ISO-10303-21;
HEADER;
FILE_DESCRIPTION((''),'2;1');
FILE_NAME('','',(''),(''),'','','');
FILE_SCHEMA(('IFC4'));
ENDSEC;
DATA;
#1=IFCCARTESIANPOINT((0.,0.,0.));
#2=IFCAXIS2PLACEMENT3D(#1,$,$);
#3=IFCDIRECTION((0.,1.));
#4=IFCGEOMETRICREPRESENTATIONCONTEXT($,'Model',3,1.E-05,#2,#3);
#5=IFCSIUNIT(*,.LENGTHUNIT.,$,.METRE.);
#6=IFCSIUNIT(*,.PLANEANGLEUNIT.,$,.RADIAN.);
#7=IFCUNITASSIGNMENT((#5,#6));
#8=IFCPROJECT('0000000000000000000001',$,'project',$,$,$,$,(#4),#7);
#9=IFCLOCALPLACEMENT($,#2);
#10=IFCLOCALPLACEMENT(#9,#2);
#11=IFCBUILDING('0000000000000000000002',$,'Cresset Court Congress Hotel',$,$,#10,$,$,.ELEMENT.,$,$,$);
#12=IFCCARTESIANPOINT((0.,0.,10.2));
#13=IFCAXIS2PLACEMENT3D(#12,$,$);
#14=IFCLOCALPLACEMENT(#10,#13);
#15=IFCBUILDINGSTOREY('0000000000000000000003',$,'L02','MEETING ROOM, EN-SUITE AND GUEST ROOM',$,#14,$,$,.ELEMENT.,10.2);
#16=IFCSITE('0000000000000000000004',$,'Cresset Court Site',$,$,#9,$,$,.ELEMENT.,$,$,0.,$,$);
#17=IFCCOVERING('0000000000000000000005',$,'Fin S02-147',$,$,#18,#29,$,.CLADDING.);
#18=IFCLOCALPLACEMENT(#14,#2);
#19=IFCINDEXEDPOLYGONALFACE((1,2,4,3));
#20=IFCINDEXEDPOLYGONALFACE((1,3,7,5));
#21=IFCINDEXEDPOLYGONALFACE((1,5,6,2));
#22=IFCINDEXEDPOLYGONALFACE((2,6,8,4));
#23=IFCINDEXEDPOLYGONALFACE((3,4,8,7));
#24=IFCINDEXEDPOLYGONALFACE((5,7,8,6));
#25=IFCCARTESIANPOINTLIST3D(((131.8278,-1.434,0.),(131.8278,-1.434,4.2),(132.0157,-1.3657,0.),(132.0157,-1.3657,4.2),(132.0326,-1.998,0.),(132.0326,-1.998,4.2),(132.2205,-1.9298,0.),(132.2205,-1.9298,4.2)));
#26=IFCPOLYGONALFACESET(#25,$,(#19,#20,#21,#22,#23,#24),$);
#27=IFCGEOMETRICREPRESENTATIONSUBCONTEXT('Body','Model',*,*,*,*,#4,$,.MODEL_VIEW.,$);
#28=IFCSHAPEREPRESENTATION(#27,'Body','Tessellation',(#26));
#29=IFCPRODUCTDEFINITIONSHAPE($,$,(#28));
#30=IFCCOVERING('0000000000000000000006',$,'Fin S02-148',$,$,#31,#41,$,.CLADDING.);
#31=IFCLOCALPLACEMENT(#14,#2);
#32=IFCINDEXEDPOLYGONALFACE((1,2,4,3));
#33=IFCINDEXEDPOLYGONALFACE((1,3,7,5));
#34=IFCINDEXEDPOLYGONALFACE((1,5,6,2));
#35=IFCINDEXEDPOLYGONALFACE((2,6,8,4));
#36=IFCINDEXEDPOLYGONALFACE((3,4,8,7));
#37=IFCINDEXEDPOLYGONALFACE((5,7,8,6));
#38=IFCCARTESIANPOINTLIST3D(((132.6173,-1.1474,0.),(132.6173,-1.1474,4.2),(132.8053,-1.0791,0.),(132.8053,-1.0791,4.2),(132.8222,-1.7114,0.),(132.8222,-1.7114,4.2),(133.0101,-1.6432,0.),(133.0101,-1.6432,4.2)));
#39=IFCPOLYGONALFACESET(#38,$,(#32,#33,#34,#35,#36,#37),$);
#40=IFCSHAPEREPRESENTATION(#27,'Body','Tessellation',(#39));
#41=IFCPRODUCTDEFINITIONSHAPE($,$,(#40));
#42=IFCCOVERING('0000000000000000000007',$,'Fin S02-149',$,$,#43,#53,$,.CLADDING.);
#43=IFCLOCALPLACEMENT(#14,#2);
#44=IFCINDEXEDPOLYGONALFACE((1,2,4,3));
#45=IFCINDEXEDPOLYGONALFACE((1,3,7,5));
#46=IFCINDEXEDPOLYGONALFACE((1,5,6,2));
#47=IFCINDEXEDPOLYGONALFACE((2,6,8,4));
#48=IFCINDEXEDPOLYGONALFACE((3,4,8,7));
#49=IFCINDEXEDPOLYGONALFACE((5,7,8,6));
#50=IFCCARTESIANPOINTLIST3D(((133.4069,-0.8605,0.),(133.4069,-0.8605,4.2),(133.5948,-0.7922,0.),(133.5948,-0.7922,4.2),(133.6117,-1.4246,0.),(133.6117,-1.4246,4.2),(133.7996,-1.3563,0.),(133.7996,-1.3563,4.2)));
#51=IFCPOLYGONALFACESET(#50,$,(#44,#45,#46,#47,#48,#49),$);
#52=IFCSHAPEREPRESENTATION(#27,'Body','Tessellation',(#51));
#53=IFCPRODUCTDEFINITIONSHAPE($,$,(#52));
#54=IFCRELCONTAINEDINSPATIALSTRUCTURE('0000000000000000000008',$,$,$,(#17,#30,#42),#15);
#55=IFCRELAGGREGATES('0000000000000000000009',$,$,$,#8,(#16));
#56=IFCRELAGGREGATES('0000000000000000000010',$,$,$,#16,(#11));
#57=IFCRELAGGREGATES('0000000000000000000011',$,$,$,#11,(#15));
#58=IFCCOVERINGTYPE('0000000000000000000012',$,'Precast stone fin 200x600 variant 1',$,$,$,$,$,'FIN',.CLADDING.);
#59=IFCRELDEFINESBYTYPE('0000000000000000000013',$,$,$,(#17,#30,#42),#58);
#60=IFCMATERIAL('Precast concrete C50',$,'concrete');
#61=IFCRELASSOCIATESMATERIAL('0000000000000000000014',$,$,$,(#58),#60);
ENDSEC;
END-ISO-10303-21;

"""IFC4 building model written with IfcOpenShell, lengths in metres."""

from ifc_helpers import new_model, si_unit, direction, frame, origin, origin_2d, place, context, subcontext, project, spatial, rectangle, extrude, material, type_object, element, save


model = new_model("IFC4")

# Units and contexts
model_context = context("Model", 3, precision=1e-05, world=origin(), true_north=direction((0.0, 1.0)))
body_context = subcontext(model_context, "Body", "Model", "MODEL_VIEW")
ifc_project = project(units=[si_unit("LENGTHUNIT", "METRE"), si_unit("PLANEANGLEUNIT", "RADIAN")], contexts=[model_context])

# Site, building, storey
site_placement = place(None, origin())
site = spatial("IfcSite", under=ifc_project, at=site_placement, Name="Cresset Court Site", CompositionType="ELEMENT", RefElevation=0.0)
building_placement = place(site_placement, origin())
building = spatial("IfcBuilding", under=site, at=building_placement, Name="Cresset Court Congress Hotel", CompositionType="ELEMENT")
storey_placement = place(building_placement, frame((0.0, 0.0, 10.2)))
storey = spatial("IfcBuildingStorey", under=building, at=storey_placement, Name="L02", Description="MEETING ROOM, EN-SUITE AND GUEST ROOM", CompositionType="ELEMENT", Elevation=10.2)

# Coverings
ifc_material_1 = material(Name="Precast concrete C50", Category="concrete")
covering_type = type_object("IfcCoveringType", Name="Precast stone fin 200x600 variant 1", ElementType="FIN", PredefinedType="CLADDING", material=ifc_material_1)
for number, where, z_axis, x_axis, name in (
    (1, (132.0242, -1.6819, 0.0), (0.0, 0.0, 1.0), (0.939957, 0.341293, 0.0), "Fin S02-147"),
    (2, (132.8137, -1.3953, 0.0), (0.0, 0.0, 1.0), (0.939957, 0.341293, 0.0), "Fin S02-148"),
    (3, (133.6033, -1.1084, 0.0), (0.0, 0.0, 1.0), (0.939957, 0.341293, 0.0), "Fin S02-149"),
):
    element("IfcCovering", number, at=place(storey_placement, frame(where, z_axis=z_axis, x_axis=x_axis)), inside=storey, type_object=covering_type, Name=name, PredefinedType="CLADDING", context=body_context, shape_type="SweptSolid", body=[
        extrude(rectangle(XDim=0.2, YDim=0.6001, at=origin_2d()), origin(), (0.0, 0.0, 1.0), 4.2),
    ])

save(model, "model.ifc")
